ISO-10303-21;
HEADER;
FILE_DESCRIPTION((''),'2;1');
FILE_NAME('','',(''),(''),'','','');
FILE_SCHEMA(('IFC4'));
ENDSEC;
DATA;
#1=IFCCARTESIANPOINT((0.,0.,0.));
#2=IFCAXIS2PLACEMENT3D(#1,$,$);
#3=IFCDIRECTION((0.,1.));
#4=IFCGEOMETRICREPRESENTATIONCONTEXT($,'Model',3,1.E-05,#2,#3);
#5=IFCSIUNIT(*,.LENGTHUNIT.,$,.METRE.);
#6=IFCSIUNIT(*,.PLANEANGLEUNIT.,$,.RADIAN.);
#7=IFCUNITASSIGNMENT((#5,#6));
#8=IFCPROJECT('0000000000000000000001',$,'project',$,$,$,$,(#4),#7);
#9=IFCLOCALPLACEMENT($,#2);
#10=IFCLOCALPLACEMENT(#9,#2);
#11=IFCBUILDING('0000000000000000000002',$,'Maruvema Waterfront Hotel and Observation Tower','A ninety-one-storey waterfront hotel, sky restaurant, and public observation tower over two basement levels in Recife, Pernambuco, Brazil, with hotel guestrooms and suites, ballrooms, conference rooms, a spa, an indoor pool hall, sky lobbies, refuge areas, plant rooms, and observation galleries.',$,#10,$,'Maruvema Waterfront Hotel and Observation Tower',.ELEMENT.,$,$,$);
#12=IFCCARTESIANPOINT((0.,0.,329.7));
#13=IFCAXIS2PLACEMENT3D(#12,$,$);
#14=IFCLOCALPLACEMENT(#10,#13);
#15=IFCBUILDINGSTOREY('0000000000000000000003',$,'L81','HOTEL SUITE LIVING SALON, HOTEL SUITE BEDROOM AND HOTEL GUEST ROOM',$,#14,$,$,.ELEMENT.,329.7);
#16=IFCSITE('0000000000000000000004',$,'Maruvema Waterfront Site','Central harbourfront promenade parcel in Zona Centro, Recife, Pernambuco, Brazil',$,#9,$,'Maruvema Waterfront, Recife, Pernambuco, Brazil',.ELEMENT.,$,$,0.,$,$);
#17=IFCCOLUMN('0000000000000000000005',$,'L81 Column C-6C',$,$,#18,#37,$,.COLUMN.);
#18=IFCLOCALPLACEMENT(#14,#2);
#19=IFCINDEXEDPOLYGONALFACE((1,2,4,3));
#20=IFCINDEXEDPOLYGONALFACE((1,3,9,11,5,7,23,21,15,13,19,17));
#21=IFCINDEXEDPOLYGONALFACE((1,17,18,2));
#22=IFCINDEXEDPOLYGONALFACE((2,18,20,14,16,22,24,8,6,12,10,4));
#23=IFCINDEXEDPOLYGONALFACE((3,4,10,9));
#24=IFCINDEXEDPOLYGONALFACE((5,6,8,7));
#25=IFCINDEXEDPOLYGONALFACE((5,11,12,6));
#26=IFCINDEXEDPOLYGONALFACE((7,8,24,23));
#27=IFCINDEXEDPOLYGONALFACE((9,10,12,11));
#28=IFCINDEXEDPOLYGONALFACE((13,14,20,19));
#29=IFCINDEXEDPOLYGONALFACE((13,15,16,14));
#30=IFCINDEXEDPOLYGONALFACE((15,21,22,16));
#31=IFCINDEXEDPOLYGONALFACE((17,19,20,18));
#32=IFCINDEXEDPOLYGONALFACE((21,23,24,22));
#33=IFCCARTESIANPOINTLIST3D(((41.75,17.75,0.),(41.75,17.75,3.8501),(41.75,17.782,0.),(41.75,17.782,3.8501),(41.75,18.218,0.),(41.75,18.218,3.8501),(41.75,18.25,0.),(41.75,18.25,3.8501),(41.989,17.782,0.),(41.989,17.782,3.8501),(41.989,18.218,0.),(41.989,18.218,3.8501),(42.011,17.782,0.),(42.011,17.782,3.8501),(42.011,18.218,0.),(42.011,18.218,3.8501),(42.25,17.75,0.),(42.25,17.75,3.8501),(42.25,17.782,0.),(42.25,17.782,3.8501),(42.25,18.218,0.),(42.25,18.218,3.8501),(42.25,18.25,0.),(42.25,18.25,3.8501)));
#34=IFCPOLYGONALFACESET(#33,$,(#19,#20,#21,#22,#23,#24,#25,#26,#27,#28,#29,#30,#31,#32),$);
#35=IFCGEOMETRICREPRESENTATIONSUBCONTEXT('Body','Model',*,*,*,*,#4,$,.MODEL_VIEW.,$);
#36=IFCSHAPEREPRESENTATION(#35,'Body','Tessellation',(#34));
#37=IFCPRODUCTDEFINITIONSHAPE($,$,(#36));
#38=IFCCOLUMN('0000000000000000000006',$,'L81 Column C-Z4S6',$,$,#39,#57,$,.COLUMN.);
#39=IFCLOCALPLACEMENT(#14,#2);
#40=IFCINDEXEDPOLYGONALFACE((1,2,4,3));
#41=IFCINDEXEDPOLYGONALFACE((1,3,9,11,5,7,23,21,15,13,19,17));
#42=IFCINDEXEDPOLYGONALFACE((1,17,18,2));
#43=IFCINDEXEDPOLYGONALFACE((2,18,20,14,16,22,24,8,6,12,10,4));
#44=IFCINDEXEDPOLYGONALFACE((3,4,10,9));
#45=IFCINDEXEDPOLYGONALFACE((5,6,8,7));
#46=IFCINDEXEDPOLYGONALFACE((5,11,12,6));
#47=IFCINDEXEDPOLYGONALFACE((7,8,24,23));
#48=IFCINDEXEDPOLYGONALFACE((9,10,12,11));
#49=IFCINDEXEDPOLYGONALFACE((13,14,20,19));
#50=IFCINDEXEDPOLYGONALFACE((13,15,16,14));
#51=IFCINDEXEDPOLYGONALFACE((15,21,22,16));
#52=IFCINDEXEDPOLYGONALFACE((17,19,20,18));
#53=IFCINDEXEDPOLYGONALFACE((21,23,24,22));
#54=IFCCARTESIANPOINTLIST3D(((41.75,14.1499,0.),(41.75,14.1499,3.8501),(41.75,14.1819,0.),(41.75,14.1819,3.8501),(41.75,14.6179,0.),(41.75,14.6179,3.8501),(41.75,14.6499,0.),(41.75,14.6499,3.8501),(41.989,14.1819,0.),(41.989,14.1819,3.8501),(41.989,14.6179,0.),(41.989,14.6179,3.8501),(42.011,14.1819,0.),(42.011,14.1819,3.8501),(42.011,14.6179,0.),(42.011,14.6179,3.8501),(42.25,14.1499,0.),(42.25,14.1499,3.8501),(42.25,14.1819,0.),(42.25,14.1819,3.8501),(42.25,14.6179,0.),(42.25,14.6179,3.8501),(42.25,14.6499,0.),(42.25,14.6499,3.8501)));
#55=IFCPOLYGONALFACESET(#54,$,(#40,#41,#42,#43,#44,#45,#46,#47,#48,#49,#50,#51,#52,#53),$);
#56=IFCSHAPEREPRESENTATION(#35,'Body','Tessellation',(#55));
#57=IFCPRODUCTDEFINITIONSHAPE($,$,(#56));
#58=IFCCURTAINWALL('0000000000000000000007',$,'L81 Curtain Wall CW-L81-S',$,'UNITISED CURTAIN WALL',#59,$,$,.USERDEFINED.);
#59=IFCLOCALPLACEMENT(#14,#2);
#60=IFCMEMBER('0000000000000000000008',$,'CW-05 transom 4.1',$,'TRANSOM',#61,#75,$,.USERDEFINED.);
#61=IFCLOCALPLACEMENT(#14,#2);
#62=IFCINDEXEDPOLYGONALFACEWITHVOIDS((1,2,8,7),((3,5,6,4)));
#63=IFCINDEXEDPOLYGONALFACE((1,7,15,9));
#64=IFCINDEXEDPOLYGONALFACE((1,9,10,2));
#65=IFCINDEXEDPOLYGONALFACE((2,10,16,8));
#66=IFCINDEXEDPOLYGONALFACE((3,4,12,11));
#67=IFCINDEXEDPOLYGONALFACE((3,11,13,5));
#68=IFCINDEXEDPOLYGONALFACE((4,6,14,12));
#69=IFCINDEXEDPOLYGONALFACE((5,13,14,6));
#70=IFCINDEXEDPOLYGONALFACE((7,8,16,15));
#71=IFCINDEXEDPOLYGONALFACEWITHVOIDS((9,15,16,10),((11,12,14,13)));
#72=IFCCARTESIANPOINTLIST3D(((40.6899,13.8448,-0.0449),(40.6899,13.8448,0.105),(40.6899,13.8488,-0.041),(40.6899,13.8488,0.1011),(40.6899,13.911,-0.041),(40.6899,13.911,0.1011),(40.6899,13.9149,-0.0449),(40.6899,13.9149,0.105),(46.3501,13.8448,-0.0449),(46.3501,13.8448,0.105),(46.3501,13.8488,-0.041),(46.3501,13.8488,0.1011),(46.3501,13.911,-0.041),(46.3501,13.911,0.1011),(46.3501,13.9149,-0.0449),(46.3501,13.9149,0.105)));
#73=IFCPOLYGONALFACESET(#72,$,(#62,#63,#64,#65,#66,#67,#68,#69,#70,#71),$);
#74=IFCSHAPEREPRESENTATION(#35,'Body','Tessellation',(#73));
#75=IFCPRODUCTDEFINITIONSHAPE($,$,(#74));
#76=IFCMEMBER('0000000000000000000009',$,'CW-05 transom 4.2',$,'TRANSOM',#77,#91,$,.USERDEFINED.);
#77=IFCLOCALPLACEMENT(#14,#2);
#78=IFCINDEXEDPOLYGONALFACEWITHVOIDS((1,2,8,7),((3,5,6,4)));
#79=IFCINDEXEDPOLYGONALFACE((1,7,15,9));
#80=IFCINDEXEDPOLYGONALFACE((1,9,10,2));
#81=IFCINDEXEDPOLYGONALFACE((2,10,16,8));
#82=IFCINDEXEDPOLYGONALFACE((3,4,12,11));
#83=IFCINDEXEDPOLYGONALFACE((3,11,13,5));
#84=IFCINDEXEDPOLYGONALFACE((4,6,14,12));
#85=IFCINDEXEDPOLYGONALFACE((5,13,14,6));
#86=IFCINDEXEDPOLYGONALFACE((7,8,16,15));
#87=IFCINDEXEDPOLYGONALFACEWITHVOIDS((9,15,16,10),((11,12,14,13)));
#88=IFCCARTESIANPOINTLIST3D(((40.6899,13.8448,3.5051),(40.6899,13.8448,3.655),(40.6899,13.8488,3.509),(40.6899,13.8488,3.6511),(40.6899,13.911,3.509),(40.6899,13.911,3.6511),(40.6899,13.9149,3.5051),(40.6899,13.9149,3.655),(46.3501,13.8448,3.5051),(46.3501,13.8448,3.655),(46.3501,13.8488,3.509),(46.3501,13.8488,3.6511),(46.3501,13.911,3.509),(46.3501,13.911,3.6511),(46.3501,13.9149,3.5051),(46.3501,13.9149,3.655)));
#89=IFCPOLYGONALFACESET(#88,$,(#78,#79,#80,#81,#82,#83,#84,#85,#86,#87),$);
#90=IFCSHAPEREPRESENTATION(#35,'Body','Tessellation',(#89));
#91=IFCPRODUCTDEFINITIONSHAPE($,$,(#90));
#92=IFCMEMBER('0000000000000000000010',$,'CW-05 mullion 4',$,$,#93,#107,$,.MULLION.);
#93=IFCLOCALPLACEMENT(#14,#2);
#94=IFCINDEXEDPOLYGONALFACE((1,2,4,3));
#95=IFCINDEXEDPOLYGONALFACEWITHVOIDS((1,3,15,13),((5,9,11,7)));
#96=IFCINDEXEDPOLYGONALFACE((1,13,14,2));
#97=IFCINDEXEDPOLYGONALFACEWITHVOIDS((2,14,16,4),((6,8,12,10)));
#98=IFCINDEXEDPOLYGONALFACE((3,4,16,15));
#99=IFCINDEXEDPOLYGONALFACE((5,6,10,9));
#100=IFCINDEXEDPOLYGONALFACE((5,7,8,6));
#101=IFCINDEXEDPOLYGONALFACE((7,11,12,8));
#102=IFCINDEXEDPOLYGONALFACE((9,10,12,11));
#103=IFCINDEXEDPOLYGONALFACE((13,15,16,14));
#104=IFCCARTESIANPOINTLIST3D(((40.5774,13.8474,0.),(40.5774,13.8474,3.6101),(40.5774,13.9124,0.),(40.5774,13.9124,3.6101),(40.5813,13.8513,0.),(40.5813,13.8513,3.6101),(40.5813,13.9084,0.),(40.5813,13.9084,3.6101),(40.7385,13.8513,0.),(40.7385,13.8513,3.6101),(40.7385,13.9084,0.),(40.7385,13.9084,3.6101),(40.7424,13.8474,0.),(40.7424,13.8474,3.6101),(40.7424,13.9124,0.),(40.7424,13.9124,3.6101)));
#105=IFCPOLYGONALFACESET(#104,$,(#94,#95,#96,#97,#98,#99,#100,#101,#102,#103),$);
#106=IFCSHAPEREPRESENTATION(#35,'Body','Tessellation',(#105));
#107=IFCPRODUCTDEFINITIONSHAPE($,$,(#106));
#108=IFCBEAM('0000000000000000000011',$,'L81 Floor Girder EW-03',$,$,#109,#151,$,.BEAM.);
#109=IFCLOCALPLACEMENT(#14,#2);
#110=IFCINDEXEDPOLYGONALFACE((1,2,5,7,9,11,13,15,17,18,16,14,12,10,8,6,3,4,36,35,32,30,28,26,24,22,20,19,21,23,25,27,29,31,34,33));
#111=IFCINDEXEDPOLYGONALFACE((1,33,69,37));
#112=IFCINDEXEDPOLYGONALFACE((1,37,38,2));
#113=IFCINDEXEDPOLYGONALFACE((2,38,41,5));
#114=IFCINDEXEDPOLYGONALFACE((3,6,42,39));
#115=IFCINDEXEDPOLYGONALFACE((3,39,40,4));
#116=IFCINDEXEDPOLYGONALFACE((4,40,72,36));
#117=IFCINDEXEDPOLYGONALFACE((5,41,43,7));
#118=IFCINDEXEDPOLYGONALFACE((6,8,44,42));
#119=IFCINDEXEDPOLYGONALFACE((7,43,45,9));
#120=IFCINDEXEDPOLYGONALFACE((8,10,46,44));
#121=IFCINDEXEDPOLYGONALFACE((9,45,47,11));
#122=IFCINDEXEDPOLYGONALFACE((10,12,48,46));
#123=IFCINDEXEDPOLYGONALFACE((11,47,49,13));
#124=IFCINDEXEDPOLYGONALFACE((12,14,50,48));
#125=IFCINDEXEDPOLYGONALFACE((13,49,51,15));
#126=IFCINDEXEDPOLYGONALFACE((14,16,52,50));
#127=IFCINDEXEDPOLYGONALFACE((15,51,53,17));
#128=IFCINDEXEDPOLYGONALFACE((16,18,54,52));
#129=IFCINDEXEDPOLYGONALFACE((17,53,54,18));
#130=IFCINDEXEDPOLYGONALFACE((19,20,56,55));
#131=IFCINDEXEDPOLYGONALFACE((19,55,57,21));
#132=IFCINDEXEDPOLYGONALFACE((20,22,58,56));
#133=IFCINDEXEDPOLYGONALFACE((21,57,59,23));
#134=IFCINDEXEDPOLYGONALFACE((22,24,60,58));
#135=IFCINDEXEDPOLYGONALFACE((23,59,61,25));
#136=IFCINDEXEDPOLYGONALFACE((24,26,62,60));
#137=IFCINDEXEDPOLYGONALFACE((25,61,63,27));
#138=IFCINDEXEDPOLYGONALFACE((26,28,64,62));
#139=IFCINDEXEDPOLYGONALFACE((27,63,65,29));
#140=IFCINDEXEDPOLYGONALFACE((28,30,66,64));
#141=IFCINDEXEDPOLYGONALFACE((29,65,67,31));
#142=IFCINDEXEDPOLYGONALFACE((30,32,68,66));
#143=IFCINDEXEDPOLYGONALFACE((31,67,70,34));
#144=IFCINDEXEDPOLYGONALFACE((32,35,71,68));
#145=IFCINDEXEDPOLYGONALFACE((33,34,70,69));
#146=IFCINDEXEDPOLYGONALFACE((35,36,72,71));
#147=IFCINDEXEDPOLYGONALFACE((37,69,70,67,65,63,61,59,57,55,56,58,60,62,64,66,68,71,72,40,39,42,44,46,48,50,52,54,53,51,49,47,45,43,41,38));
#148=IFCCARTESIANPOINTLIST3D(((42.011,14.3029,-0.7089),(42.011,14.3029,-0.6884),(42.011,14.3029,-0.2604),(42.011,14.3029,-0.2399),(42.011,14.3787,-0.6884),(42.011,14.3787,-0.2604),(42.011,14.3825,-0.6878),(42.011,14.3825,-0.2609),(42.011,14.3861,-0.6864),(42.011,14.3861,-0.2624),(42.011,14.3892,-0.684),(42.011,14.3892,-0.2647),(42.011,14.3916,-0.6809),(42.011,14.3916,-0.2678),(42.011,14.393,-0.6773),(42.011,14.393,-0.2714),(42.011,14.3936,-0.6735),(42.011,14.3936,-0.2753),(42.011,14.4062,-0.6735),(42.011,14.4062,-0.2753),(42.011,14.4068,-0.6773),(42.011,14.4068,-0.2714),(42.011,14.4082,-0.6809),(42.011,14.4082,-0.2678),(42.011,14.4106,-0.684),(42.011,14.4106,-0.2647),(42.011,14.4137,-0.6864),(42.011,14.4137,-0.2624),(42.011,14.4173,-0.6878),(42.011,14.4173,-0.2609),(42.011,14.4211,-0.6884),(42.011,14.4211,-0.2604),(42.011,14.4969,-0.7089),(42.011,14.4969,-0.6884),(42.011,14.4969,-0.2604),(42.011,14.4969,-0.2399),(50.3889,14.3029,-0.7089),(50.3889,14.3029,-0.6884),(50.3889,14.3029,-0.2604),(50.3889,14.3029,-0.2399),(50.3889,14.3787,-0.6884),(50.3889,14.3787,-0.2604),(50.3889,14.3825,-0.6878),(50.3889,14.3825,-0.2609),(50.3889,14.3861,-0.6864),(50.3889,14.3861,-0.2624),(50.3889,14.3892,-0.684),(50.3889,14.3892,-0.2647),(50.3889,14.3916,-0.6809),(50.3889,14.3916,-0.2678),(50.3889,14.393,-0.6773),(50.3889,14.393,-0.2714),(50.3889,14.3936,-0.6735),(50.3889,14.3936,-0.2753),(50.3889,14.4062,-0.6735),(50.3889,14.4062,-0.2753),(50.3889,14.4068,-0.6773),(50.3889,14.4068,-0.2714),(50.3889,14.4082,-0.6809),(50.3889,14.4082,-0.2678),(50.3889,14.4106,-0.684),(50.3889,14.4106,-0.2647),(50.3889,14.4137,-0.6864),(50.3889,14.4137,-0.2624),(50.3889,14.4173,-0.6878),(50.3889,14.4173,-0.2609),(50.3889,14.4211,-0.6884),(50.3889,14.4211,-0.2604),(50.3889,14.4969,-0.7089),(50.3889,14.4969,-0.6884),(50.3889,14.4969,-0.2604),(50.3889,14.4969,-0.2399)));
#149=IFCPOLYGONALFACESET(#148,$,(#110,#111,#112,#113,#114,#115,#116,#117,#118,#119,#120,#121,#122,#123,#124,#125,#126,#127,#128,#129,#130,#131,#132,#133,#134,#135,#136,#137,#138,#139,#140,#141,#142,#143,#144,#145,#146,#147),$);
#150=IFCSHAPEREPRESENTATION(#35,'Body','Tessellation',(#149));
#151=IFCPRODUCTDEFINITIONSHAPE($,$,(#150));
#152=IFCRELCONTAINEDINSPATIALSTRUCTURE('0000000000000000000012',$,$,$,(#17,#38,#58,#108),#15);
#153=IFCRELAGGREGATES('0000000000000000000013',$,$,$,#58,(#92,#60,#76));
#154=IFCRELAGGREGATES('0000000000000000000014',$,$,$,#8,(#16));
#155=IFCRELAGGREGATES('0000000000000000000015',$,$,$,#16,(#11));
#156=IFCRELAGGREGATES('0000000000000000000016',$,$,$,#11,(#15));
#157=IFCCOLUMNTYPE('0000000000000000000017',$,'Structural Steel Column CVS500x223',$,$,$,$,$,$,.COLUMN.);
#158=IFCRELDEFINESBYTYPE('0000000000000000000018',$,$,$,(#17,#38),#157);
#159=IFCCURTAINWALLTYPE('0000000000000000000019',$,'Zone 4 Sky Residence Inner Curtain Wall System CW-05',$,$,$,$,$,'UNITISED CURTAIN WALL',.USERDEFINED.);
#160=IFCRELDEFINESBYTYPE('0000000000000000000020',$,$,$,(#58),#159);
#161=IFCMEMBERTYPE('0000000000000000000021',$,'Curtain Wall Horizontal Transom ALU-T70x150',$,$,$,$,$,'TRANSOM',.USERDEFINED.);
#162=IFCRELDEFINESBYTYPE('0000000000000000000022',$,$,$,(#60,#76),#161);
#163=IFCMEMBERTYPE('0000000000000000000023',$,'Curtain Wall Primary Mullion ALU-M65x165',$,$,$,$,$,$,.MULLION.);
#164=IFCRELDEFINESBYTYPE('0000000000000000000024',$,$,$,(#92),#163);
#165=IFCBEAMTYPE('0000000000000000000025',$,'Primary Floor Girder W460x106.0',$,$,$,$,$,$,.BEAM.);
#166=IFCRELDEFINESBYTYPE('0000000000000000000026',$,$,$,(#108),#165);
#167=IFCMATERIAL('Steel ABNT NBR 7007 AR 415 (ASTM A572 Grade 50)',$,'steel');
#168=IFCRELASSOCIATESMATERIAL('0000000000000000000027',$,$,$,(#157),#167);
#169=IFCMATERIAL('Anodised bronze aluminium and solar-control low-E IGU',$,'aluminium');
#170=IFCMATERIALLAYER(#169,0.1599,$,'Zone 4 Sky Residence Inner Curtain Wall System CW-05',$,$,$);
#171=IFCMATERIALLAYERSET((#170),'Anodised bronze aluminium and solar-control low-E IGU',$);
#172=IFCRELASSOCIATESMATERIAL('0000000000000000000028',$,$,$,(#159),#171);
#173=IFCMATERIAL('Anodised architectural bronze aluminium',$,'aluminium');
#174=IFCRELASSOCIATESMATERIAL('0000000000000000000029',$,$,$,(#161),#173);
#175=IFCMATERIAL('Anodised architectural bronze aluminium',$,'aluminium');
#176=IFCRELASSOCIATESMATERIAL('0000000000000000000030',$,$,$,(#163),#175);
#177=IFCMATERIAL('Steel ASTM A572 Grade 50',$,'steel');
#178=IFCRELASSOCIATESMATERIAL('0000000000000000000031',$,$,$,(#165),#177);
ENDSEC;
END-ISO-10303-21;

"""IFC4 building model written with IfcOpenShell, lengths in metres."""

from ifc_helpers import new_model, si_unit, direction, frame, origin, origin_2d, place, context, subcontext, project, spatial, hollow_rectangle, i_section, extrude, material, layer, layer_set, material_profile, profile_set, type_object, element, aggregate, save


model = new_model("IFC4")

# Units and contexts
model_context = context("Model", 3, precision=1e-05, world=origin(), true_north=direction((0.0, 1.0)))
body_context = subcontext(model_context, "Body", "Model", "MODEL_VIEW")
ifc_project = project(units=[si_unit("LENGTHUNIT", "METRE"), si_unit("PLANEANGLEUNIT", "RADIAN")], contexts=[model_context])

# Site, building, storey
site_placement = place(None, origin())
site = spatial("IfcSite", under=ifc_project, at=site_placement, Name="Maruvema Waterfront Site", Description="Central harbourfront promenade parcel in Zona Centro, Recife, Pernambuco, Brazil", LongName="Maruvema Waterfront, Recife, Pernambuco, Brazil", CompositionType="ELEMENT", RefElevation=0.0)
building_placement = place(site_placement, origin())
building = spatial("IfcBuilding", under=site, at=building_placement, Name="Maruvema Waterfront Hotel and Observation Tower", Description="A ninety-one-storey waterfront hotel, sky restaurant, and public observation tower over two basement levels in Recife, Pernambuco, Brazil, with hotel guestrooms and suites, ballrooms, conference rooms, a spa, an indoor pool hall, sky lobbies, refuge areas, plant rooms, and observation galleries.", LongName="Maruvema Waterfront Hotel and Observation Tower", CompositionType="ELEMENT")
storey_placement = place(building_placement, frame((0.0, 0.0, 329.7)))
storey = spatial("IfcBuildingStorey", under=building, at=storey_placement, Name="L81", Description="HOTEL SUITE LIVING SALON, HOTEL SUITE BEDROOM AND HOTEL GUEST ROOM", CompositionType="ELEMENT", Elevation=329.7)

# Columns
ifc_material_1 = material(Name="Steel ABNT NBR 7007 AR 415 (ASTM A572 Grade 50)", Category="steel")
ifc_material_profile_1 = material_profile(ifc_material_1, i_section(OverallWidth=0.5, OverallDepth=0.5, WebThickness=0.022, FlangeThickness=0.032, at=origin_2d()), Name="CVS500x223")
ifc_profile_set_1 = profile_set([ifc_material_profile_1], Name="Steel ABNT NBR 7007 AR 415 (ASTM A572 Grade 50)")
column_type = type_object("IfcColumnType", Name="Structural Steel Column CVS500x223", PredefinedType="COLUMN", material=ifc_profile_set_1)
for number, where, z_axis, x_axis, name in (
    (1, (42.0, 18.0, 0.0), (0.0, 0.0, 1.0), (1.0, 0.0, 0.0), "L81 Column C-6C"),
    (2, (42.0, 14.3999, 0.0), (0.0, 0.0, 1.0), (1.0, 0.0, 0.0), "L81 Column C-Z4S6"),
):
    element("IfcColumn", number, at=place(storey_placement, frame(where, z_axis=z_axis, x_axis=x_axis)), inside=storey, type_object=column_type, Name=name, PredefinedType="COLUMN", context=body_context, shape_type="SweptSolid", body=[
        extrude(i_section(OverallWidth=0.5, OverallDepth=0.5, WebThickness=0.022, FlangeThickness=0.032, at=origin_2d()), origin(), (0.0, 0.0, 1.0), 3.8501),
    ])

# Curtain wall, members
ifc_material_2 = material(Name="Anodised bronze aluminium and solar-control low-E IGU", Category="aluminium")
ifc_layer_1 = layer(ifc_material_2, 0.1599, Name="Zone 4 Sky Residence Inner Curtain Wall System CW-05")
ifc_layer_set_1 = layer_set([ifc_layer_1], Name="Anodised bronze aluminium and solar-control low-E IGU")
curtain_wall_type = type_object("IfcCurtainWallType", Name="Zone 4 Sky Residence Inner Curtain Wall System CW-05", ElementType="UNITISED CURTAIN WALL", PredefinedType="USERDEFINED", material=ifc_layer_set_1)
curtain_wall_placement = place(storey_placement, origin())
curtain_wall = element("IfcCurtainWall", 3, at=curtain_wall_placement, inside=storey, type_object=curtain_wall_type, Name="L81 Curtain Wall CW-L81-S", ObjectType="UNITISED CURTAIN WALL", PredefinedType="USERDEFINED")
ifc_material_3 = material(Name="Anodised architectural bronze aluminium", Category="aluminium")
ifc_material_profile_2 = material_profile(ifc_material_3, hollow_rectangle(XDim=0.0701, YDim=0.1499, WallThickness=0.0039, at=origin_2d()), Name="ALU-T70x150")
ifc_profile_set_2 = profile_set([ifc_material_profile_2], Name="Anodised architectural bronze aluminium")
member_type_1 = type_object("IfcMemberType", Name="Curtain Wall Horizontal Transom ALU-T70x150", ElementType="TRANSOM", PredefinedType="USERDEFINED", material=ifc_profile_set_2)
member_1_placement = place(storey_placement, frame((40.6899, 13.8799, 0.03), z_axis=(1.0, 0.0, 0.0), x_axis=(0.0, 1.0, 0.0)))
member_1 = element("IfcMember", 4, at=member_1_placement, type_object=member_type_1, Name="CW-05 transom 4.1", ObjectType="TRANSOM", PredefinedType="USERDEFINED", context=body_context, shape_type="SweptSolid", body=[
    extrude(hollow_rectangle(XDim=0.0701, YDim=0.1499, WallThickness=0.0039, at=origin_2d()), origin(), (0.0, 0.0, 1.0), 5.6602),
])
member_2_placement = place(storey_placement, frame((40.6899, 13.8799, 3.5801), z_axis=(1.0, 0.0, 0.0), x_axis=(0.0, 1.0, 0.0)))
member_2 = element("IfcMember", 5, at=member_2_placement, type_object=member_type_1, Name="CW-05 transom 4.2", ObjectType="TRANSOM", PredefinedType="USERDEFINED", context=body_context, shape_type="SweptSolid", body=[
    extrude(hollow_rectangle(XDim=0.0701, YDim=0.1499, WallThickness=0.0039, at=origin_2d()), origin(), (0.0, 0.0, 1.0), 5.6602),
])
ifc_material_4 = material(Name="Anodised architectural bronze aluminium", Category="aluminium")
ifc_material_profile_3 = material_profile(ifc_material_4, hollow_rectangle(XDim=0.0649, YDim=0.165, WallThickness=0.0039, at=origin_2d()), Name="ALU-M65x165")
ifc_profile_set_3 = profile_set([ifc_material_profile_3], Name="Anodised architectural bronze aluminium")
member_type_2 = type_object("IfcMemberType", Name="Curtain Wall Primary Mullion ALU-M65x165", PredefinedType="MULLION", material=ifc_profile_set_3)
member_3_placement = place(storey_placement, frame((40.6599, 13.8799, 0.0), z_axis=(0.0, 0.0, 1.0), x_axis=(0.0, 1.0, 0.0)))
member_3 = element("IfcMember", 6, at=member_3_placement, type_object=member_type_2, Name="CW-05 mullion 4", PredefinedType="MULLION", context=body_context, shape_type="SweptSolid", body=[
    extrude(hollow_rectangle(XDim=0.0649, YDim=0.165, WallThickness=0.0039, at=origin_2d()), origin(), (0.0, 0.0, 1.0), 3.6101),
])

# Beam
ifc_material_5 = material(Name="Steel ASTM A572 Grade 50", Category="steel")
ifc_material_profile_4 = material_profile(ifc_material_5, i_section(OverallWidth=0.1941, OverallDepth=0.469, WebThickness=0.0127, FlangeThickness=0.0205, FilletRadius=0.0149, at=origin_2d()), Name="W460x106.0")
ifc_profile_set_4 = profile_set([ifc_material_profile_4], Name="Steel ASTM A572 Grade 50")
beam_type_1 = type_object("IfcBeamType", Name="Primary Floor Girder W460x106.0", PredefinedType="BEAM", material=ifc_profile_set_4)
beam_1_placement = place(storey_placement, frame((42.011, 14.3999, -0.4744), z_axis=(1.0, 0.0, 0.0), x_axis=(0.0, 1.0, 0.0)))
element("IfcBeam", 7, at=beam_1_placement, inside=storey, type_object=beam_type_1, Name="L81 Floor Girder EW-03", PredefinedType="BEAM", context=body_context, shape_type="SweptSolid", body=[
    extrude(i_section(OverallWidth=0.1941, OverallDepth=0.469, WebThickness=0.0127, FlangeThickness=0.0205, FilletRadius=0.0149, at=origin_2d()), origin(), (0.0, 0.0, 1.0), 8.3779),
])

aggregate(curtain_wall, [member_3, member_1, member_2])

save(model, "model.ifc")
